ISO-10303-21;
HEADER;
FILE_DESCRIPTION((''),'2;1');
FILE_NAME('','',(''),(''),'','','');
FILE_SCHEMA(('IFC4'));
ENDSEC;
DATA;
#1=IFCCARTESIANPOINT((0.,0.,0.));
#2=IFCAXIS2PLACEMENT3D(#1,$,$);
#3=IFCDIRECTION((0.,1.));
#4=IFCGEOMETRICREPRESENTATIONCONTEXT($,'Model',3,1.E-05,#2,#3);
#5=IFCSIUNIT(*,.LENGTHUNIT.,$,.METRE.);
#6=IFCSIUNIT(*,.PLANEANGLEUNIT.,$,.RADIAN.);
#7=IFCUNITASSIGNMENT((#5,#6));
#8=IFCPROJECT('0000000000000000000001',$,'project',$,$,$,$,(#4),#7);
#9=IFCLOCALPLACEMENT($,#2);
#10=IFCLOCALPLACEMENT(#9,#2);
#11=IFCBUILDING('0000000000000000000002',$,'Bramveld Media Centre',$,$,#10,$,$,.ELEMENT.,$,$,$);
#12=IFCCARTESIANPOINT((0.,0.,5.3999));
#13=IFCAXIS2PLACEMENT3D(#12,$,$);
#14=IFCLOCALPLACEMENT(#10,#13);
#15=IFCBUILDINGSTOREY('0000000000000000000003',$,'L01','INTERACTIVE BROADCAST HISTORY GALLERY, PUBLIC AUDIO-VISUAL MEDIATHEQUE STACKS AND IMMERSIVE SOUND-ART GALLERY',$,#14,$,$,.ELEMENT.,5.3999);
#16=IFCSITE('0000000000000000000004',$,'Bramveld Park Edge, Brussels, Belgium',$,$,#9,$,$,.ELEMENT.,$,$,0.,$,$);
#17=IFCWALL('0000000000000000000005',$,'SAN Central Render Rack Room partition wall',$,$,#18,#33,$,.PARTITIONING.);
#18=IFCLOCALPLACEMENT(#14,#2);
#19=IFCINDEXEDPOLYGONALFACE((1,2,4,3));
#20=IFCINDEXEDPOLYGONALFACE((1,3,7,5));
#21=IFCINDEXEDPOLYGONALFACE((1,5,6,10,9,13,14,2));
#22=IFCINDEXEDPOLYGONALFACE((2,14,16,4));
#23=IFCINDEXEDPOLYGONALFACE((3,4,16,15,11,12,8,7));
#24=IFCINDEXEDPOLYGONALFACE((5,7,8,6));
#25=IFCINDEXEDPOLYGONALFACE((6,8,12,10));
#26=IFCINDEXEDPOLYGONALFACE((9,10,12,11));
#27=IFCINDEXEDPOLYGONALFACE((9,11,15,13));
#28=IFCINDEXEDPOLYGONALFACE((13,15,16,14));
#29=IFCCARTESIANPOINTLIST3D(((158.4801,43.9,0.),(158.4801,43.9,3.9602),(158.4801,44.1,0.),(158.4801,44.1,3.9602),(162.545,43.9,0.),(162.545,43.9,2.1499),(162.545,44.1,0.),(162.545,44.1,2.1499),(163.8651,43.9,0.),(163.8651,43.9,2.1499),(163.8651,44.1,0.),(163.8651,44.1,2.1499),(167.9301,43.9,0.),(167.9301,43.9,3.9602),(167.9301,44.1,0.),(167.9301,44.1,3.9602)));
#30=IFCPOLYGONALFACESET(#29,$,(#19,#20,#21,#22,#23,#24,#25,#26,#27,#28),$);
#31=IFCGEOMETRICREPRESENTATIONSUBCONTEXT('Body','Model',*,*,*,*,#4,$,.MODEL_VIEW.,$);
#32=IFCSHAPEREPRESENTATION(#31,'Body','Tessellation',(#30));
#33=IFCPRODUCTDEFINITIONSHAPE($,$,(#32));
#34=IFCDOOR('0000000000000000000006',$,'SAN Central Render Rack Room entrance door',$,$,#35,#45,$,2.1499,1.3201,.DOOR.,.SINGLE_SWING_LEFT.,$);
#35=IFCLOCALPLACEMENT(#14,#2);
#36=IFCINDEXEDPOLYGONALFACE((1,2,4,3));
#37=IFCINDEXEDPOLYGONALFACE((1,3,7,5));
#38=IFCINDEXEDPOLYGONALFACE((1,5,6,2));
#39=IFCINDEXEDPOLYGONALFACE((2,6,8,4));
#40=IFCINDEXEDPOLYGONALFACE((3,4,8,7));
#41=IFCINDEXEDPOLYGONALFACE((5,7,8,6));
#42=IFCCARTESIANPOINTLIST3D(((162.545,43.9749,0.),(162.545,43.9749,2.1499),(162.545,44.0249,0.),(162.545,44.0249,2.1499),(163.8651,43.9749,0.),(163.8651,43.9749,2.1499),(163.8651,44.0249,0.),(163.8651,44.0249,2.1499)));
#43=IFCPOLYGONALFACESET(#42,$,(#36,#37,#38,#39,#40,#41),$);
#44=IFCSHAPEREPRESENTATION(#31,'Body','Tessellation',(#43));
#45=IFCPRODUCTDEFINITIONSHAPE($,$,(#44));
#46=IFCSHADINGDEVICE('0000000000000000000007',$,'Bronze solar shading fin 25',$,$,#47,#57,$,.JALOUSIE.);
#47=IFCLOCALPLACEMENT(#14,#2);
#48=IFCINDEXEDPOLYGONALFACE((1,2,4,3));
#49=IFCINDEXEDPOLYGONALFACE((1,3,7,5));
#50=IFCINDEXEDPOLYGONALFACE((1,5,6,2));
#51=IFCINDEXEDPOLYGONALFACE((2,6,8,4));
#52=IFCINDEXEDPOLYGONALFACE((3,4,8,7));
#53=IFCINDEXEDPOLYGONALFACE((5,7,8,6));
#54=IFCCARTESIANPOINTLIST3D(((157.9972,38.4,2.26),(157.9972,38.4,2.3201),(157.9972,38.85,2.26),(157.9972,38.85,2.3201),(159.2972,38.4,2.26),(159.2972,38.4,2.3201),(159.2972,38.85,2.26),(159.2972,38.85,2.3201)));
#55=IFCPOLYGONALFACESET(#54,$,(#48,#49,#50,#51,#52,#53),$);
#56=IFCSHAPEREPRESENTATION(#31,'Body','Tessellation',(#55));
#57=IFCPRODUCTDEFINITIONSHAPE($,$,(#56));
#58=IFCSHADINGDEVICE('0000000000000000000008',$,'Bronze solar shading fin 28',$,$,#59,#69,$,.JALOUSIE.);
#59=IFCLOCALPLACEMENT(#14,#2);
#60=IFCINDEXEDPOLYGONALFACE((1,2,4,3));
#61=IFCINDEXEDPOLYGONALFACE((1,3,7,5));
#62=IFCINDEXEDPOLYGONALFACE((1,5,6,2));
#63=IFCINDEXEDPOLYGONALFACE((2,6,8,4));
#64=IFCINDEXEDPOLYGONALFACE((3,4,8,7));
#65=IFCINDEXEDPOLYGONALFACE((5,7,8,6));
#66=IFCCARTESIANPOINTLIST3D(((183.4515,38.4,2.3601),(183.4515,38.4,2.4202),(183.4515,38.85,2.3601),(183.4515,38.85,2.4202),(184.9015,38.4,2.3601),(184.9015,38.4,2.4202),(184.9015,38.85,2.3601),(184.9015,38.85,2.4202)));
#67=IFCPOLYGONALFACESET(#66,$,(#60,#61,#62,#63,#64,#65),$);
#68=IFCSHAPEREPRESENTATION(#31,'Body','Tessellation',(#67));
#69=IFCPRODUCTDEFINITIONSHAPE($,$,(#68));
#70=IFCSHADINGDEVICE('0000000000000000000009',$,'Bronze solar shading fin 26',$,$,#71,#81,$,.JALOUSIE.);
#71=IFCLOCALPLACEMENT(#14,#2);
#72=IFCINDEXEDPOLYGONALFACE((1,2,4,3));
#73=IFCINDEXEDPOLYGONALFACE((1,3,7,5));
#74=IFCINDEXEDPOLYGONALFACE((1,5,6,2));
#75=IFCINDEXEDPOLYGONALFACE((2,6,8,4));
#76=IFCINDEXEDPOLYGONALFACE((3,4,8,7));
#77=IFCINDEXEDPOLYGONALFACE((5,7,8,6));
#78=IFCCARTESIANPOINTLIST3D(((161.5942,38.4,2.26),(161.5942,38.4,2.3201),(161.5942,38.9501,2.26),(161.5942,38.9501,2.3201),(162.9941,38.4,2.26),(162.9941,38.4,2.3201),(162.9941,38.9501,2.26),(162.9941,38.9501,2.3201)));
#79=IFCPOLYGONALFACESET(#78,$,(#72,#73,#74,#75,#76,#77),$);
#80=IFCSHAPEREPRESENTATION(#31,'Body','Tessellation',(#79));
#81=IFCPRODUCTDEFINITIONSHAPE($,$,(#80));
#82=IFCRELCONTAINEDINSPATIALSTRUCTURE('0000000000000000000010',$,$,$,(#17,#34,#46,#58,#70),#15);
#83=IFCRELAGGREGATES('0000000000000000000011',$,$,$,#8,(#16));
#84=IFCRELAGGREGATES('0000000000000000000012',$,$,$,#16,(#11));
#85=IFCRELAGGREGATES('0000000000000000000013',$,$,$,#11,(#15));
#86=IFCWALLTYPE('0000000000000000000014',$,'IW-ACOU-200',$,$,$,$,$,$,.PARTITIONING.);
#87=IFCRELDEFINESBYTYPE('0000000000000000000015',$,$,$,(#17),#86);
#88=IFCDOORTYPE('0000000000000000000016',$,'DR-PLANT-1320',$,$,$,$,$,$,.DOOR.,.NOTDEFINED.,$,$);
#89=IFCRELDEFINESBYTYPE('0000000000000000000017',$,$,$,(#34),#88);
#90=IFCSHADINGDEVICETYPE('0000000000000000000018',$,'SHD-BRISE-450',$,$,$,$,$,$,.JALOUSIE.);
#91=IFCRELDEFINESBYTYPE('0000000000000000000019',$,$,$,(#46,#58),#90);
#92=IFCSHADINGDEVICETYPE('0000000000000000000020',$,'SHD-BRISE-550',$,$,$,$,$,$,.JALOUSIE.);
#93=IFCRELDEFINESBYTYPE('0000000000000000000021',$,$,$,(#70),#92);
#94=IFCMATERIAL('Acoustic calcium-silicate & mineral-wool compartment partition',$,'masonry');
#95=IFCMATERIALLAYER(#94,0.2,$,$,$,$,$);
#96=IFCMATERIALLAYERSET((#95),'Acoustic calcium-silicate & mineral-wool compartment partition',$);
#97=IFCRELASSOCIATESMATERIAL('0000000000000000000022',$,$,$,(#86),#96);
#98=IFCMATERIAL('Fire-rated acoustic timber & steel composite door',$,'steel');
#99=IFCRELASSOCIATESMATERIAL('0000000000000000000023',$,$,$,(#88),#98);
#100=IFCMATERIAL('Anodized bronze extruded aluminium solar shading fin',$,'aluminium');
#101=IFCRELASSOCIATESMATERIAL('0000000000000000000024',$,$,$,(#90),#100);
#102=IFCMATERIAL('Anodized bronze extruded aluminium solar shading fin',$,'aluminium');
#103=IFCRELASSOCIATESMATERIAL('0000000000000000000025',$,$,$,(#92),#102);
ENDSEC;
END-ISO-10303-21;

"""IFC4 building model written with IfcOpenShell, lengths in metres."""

from ifc_helpers import new_model, si_unit, direction, frame, frame_2d, origin, origin_2d, place, context, subcontext, project, spatial, rectangle, extrude, material, layer, layer_set, type_object, element, fill, save


model = new_model("IFC4")

# Units and contexts
model_context = context("Model", 3, precision=1e-05, world=origin(), true_north=direction((0.0, 1.0)))
body_context = subcontext(model_context, "Body", "Model", "MODEL_VIEW")
ifc_project = project(units=[si_unit("LENGTHUNIT", "METRE"), si_unit("PLANEANGLEUNIT", "RADIAN")], contexts=[model_context])

# Site, building, storey
site_placement = place(None, origin())
site = spatial("IfcSite", under=ifc_project, at=site_placement, Name="Bramveld Park Edge, Brussels, Belgium", CompositionType="ELEMENT", RefElevation=0.0)
building_placement = place(site_placement, origin())
building = spatial("IfcBuilding", under=site, at=building_placement, Name="Bramveld Media Centre", CompositionType="ELEMENT")
storey_placement = place(building_placement, frame((0.0, 0.0, 5.3999)))
storey = spatial("IfcBuildingStorey", under=building, at=storey_placement, Name="L01", Description="INTERACTIVE BROADCAST HISTORY GALLERY, PUBLIC AUDIO-VISUAL MEDIATHEQUE STACKS AND IMMERSIVE SOUND-ART GALLERY", CompositionType="ELEMENT", Elevation=5.3999)

# Wall, opening, door
ifc_material_1 = material(Name="Acoustic calcium-silicate & mineral-wool compartment partition", Category="masonry")
ifc_layer_1 = layer(ifc_material_1, 0.2)
ifc_layer_set_1 = layer_set([ifc_layer_1], Name="Acoustic calcium-silicate & mineral-wool compartment partition")
wall_type_1 = type_object("IfcWallType", Name="IW-ACOU-200", PredefinedType="PARTITIONING", material=ifc_layer_set_1)
wall_1_placement = place(storey_placement, frame((158.48, 44.0, 0.0), z_axis=(0.0, 0.0, 1.0), x_axis=(1.0, 0.0, 0.0)))
wall_1 = element("IfcWall", 1, at=wall_1_placement, inside=storey, type_object=wall_type_1, Name="SAN Central Render Rack Room partition wall", PredefinedType="PARTITIONING", context=body_context, shape_type="SweptSolid", body=[
    extrude(rectangle(XDim=9.45, YDim=0.2, at=frame_2d((4.7251, 0.0))), origin(), (0.0, 0.0, 1.0), 3.9602),
])
opening_1_placement = place(wall_1_placement, frame((4.0649, 0.0, 0.0)))
opening_1 = element("IfcOpeningElement", 2, at=opening_1_placement, cuts=wall_1, PredefinedType="OPENING", context=body_context, shape_type="SweptSolid", body=[
    extrude(rectangle(XDim=1.3201, YDim=2.1499, at=frame_2d((0.6602, 1.075))), frame((0.0, 0.1118, 0.0), z_axis=(0.0, -1.0, 0.0), x_axis=(1.0, 0.0, 0.0)), (0.0, 0.0, 1.0), 0.2239),
])
ifc_material_2 = material(Name="Fire-rated acoustic timber & steel composite door", Category="steel")
door_type = type_object("IfcDoorType", Name="DR-PLANT-1320", OperationType="NOTDEFINED", PredefinedType="DOOR", material=ifc_material_2)
door_placement = place(opening_1_placement, origin())
door = element("IfcDoor", 3, at=door_placement, inside=storey, type_object=door_type, Name="SAN Central Render Rack Room entrance door", OperationType="SINGLE_SWING_LEFT", OverallHeight=2.1499, OverallWidth=1.3201, PredefinedType="DOOR", context=body_context, shape_type="SweptSolid", body=[
    extrude(rectangle(XDim=1.3201, YDim=2.1499, at=frame_2d((0.6602, 1.075))), frame((0.0, 0.0249, 0.0), z_axis=(0.0, -1.0, 0.0), x_axis=(1.0, 0.0, 0.0)), (0.0, 0.0, 1.0), 0.05),
])
fill(opening_1, door)

# Shading devices
ifc_material_3 = material(Name="Anodized bronze extruded aluminium solar shading fin", Category="aluminium")
shading_device_type_1 = type_object("IfcShadingDeviceType", Name="SHD-BRISE-450", PredefinedType="JALOUSIE", material=ifc_material_3)
shading_device_1_placement = place(storey_placement, frame((158.6472, 38.625, 2.26), z_axis=(0.0, 0.0, 1.0), x_axis=(1.0, 0.0, 0.0)))
element("IfcShadingDevice", 4, at=shading_device_1_placement, inside=storey, type_object=shading_device_type_1, Name="Bronze solar shading fin 25", PredefinedType="JALOUSIE", context=body_context, shape_type="SweptSolid", body=[
    extrude(rectangle(XDim=1.3, YDim=0.45, at=origin_2d()), origin(), (0.0, 0.0, 1.0), 0.0601),
])
shading_device_2_placement = place(storey_placement, frame((184.1765, 38.625, 2.3601), z_axis=(0.0, 0.0, 1.0), x_axis=(1.0, 0.0, 0.0)))
element("IfcShadingDevice", 5, at=shading_device_2_placement, inside=storey, type_object=shading_device_type_1, Name="Bronze solar shading fin 28", PredefinedType="JALOUSIE", context=body_context, shape_type="SweptSolid", body=[
    extrude(rectangle(XDim=1.45, YDim=0.45, at=origin_2d()), origin(), (0.0, 0.0, 1.0), 0.0601),
])
ifc_material_4 = material(Name="Anodized bronze extruded aluminium solar shading fin", Category="aluminium")
shading_device_type_2 = type_object("IfcShadingDeviceType", Name="SHD-BRISE-550", PredefinedType="JALOUSIE", material=ifc_material_4)
shading_device_3_placement = place(storey_placement, frame((162.2942, 38.675, 2.26), z_axis=(0.0, 0.0, 1.0), x_axis=(1.0, 0.0, 0.0)))
element("IfcShadingDevice", 6, at=shading_device_3_placement, inside=storey, type_object=shading_device_type_2, Name="Bronze solar shading fin 26", PredefinedType="JALOUSIE", context=body_context, shape_type="SweptSolid", body=[
    extrude(rectangle(XDim=1.3999, YDim=0.55, at=origin_2d()), origin(), (0.0, 0.0, 1.0), 0.0601),
])

save(model, "model.ifc")
